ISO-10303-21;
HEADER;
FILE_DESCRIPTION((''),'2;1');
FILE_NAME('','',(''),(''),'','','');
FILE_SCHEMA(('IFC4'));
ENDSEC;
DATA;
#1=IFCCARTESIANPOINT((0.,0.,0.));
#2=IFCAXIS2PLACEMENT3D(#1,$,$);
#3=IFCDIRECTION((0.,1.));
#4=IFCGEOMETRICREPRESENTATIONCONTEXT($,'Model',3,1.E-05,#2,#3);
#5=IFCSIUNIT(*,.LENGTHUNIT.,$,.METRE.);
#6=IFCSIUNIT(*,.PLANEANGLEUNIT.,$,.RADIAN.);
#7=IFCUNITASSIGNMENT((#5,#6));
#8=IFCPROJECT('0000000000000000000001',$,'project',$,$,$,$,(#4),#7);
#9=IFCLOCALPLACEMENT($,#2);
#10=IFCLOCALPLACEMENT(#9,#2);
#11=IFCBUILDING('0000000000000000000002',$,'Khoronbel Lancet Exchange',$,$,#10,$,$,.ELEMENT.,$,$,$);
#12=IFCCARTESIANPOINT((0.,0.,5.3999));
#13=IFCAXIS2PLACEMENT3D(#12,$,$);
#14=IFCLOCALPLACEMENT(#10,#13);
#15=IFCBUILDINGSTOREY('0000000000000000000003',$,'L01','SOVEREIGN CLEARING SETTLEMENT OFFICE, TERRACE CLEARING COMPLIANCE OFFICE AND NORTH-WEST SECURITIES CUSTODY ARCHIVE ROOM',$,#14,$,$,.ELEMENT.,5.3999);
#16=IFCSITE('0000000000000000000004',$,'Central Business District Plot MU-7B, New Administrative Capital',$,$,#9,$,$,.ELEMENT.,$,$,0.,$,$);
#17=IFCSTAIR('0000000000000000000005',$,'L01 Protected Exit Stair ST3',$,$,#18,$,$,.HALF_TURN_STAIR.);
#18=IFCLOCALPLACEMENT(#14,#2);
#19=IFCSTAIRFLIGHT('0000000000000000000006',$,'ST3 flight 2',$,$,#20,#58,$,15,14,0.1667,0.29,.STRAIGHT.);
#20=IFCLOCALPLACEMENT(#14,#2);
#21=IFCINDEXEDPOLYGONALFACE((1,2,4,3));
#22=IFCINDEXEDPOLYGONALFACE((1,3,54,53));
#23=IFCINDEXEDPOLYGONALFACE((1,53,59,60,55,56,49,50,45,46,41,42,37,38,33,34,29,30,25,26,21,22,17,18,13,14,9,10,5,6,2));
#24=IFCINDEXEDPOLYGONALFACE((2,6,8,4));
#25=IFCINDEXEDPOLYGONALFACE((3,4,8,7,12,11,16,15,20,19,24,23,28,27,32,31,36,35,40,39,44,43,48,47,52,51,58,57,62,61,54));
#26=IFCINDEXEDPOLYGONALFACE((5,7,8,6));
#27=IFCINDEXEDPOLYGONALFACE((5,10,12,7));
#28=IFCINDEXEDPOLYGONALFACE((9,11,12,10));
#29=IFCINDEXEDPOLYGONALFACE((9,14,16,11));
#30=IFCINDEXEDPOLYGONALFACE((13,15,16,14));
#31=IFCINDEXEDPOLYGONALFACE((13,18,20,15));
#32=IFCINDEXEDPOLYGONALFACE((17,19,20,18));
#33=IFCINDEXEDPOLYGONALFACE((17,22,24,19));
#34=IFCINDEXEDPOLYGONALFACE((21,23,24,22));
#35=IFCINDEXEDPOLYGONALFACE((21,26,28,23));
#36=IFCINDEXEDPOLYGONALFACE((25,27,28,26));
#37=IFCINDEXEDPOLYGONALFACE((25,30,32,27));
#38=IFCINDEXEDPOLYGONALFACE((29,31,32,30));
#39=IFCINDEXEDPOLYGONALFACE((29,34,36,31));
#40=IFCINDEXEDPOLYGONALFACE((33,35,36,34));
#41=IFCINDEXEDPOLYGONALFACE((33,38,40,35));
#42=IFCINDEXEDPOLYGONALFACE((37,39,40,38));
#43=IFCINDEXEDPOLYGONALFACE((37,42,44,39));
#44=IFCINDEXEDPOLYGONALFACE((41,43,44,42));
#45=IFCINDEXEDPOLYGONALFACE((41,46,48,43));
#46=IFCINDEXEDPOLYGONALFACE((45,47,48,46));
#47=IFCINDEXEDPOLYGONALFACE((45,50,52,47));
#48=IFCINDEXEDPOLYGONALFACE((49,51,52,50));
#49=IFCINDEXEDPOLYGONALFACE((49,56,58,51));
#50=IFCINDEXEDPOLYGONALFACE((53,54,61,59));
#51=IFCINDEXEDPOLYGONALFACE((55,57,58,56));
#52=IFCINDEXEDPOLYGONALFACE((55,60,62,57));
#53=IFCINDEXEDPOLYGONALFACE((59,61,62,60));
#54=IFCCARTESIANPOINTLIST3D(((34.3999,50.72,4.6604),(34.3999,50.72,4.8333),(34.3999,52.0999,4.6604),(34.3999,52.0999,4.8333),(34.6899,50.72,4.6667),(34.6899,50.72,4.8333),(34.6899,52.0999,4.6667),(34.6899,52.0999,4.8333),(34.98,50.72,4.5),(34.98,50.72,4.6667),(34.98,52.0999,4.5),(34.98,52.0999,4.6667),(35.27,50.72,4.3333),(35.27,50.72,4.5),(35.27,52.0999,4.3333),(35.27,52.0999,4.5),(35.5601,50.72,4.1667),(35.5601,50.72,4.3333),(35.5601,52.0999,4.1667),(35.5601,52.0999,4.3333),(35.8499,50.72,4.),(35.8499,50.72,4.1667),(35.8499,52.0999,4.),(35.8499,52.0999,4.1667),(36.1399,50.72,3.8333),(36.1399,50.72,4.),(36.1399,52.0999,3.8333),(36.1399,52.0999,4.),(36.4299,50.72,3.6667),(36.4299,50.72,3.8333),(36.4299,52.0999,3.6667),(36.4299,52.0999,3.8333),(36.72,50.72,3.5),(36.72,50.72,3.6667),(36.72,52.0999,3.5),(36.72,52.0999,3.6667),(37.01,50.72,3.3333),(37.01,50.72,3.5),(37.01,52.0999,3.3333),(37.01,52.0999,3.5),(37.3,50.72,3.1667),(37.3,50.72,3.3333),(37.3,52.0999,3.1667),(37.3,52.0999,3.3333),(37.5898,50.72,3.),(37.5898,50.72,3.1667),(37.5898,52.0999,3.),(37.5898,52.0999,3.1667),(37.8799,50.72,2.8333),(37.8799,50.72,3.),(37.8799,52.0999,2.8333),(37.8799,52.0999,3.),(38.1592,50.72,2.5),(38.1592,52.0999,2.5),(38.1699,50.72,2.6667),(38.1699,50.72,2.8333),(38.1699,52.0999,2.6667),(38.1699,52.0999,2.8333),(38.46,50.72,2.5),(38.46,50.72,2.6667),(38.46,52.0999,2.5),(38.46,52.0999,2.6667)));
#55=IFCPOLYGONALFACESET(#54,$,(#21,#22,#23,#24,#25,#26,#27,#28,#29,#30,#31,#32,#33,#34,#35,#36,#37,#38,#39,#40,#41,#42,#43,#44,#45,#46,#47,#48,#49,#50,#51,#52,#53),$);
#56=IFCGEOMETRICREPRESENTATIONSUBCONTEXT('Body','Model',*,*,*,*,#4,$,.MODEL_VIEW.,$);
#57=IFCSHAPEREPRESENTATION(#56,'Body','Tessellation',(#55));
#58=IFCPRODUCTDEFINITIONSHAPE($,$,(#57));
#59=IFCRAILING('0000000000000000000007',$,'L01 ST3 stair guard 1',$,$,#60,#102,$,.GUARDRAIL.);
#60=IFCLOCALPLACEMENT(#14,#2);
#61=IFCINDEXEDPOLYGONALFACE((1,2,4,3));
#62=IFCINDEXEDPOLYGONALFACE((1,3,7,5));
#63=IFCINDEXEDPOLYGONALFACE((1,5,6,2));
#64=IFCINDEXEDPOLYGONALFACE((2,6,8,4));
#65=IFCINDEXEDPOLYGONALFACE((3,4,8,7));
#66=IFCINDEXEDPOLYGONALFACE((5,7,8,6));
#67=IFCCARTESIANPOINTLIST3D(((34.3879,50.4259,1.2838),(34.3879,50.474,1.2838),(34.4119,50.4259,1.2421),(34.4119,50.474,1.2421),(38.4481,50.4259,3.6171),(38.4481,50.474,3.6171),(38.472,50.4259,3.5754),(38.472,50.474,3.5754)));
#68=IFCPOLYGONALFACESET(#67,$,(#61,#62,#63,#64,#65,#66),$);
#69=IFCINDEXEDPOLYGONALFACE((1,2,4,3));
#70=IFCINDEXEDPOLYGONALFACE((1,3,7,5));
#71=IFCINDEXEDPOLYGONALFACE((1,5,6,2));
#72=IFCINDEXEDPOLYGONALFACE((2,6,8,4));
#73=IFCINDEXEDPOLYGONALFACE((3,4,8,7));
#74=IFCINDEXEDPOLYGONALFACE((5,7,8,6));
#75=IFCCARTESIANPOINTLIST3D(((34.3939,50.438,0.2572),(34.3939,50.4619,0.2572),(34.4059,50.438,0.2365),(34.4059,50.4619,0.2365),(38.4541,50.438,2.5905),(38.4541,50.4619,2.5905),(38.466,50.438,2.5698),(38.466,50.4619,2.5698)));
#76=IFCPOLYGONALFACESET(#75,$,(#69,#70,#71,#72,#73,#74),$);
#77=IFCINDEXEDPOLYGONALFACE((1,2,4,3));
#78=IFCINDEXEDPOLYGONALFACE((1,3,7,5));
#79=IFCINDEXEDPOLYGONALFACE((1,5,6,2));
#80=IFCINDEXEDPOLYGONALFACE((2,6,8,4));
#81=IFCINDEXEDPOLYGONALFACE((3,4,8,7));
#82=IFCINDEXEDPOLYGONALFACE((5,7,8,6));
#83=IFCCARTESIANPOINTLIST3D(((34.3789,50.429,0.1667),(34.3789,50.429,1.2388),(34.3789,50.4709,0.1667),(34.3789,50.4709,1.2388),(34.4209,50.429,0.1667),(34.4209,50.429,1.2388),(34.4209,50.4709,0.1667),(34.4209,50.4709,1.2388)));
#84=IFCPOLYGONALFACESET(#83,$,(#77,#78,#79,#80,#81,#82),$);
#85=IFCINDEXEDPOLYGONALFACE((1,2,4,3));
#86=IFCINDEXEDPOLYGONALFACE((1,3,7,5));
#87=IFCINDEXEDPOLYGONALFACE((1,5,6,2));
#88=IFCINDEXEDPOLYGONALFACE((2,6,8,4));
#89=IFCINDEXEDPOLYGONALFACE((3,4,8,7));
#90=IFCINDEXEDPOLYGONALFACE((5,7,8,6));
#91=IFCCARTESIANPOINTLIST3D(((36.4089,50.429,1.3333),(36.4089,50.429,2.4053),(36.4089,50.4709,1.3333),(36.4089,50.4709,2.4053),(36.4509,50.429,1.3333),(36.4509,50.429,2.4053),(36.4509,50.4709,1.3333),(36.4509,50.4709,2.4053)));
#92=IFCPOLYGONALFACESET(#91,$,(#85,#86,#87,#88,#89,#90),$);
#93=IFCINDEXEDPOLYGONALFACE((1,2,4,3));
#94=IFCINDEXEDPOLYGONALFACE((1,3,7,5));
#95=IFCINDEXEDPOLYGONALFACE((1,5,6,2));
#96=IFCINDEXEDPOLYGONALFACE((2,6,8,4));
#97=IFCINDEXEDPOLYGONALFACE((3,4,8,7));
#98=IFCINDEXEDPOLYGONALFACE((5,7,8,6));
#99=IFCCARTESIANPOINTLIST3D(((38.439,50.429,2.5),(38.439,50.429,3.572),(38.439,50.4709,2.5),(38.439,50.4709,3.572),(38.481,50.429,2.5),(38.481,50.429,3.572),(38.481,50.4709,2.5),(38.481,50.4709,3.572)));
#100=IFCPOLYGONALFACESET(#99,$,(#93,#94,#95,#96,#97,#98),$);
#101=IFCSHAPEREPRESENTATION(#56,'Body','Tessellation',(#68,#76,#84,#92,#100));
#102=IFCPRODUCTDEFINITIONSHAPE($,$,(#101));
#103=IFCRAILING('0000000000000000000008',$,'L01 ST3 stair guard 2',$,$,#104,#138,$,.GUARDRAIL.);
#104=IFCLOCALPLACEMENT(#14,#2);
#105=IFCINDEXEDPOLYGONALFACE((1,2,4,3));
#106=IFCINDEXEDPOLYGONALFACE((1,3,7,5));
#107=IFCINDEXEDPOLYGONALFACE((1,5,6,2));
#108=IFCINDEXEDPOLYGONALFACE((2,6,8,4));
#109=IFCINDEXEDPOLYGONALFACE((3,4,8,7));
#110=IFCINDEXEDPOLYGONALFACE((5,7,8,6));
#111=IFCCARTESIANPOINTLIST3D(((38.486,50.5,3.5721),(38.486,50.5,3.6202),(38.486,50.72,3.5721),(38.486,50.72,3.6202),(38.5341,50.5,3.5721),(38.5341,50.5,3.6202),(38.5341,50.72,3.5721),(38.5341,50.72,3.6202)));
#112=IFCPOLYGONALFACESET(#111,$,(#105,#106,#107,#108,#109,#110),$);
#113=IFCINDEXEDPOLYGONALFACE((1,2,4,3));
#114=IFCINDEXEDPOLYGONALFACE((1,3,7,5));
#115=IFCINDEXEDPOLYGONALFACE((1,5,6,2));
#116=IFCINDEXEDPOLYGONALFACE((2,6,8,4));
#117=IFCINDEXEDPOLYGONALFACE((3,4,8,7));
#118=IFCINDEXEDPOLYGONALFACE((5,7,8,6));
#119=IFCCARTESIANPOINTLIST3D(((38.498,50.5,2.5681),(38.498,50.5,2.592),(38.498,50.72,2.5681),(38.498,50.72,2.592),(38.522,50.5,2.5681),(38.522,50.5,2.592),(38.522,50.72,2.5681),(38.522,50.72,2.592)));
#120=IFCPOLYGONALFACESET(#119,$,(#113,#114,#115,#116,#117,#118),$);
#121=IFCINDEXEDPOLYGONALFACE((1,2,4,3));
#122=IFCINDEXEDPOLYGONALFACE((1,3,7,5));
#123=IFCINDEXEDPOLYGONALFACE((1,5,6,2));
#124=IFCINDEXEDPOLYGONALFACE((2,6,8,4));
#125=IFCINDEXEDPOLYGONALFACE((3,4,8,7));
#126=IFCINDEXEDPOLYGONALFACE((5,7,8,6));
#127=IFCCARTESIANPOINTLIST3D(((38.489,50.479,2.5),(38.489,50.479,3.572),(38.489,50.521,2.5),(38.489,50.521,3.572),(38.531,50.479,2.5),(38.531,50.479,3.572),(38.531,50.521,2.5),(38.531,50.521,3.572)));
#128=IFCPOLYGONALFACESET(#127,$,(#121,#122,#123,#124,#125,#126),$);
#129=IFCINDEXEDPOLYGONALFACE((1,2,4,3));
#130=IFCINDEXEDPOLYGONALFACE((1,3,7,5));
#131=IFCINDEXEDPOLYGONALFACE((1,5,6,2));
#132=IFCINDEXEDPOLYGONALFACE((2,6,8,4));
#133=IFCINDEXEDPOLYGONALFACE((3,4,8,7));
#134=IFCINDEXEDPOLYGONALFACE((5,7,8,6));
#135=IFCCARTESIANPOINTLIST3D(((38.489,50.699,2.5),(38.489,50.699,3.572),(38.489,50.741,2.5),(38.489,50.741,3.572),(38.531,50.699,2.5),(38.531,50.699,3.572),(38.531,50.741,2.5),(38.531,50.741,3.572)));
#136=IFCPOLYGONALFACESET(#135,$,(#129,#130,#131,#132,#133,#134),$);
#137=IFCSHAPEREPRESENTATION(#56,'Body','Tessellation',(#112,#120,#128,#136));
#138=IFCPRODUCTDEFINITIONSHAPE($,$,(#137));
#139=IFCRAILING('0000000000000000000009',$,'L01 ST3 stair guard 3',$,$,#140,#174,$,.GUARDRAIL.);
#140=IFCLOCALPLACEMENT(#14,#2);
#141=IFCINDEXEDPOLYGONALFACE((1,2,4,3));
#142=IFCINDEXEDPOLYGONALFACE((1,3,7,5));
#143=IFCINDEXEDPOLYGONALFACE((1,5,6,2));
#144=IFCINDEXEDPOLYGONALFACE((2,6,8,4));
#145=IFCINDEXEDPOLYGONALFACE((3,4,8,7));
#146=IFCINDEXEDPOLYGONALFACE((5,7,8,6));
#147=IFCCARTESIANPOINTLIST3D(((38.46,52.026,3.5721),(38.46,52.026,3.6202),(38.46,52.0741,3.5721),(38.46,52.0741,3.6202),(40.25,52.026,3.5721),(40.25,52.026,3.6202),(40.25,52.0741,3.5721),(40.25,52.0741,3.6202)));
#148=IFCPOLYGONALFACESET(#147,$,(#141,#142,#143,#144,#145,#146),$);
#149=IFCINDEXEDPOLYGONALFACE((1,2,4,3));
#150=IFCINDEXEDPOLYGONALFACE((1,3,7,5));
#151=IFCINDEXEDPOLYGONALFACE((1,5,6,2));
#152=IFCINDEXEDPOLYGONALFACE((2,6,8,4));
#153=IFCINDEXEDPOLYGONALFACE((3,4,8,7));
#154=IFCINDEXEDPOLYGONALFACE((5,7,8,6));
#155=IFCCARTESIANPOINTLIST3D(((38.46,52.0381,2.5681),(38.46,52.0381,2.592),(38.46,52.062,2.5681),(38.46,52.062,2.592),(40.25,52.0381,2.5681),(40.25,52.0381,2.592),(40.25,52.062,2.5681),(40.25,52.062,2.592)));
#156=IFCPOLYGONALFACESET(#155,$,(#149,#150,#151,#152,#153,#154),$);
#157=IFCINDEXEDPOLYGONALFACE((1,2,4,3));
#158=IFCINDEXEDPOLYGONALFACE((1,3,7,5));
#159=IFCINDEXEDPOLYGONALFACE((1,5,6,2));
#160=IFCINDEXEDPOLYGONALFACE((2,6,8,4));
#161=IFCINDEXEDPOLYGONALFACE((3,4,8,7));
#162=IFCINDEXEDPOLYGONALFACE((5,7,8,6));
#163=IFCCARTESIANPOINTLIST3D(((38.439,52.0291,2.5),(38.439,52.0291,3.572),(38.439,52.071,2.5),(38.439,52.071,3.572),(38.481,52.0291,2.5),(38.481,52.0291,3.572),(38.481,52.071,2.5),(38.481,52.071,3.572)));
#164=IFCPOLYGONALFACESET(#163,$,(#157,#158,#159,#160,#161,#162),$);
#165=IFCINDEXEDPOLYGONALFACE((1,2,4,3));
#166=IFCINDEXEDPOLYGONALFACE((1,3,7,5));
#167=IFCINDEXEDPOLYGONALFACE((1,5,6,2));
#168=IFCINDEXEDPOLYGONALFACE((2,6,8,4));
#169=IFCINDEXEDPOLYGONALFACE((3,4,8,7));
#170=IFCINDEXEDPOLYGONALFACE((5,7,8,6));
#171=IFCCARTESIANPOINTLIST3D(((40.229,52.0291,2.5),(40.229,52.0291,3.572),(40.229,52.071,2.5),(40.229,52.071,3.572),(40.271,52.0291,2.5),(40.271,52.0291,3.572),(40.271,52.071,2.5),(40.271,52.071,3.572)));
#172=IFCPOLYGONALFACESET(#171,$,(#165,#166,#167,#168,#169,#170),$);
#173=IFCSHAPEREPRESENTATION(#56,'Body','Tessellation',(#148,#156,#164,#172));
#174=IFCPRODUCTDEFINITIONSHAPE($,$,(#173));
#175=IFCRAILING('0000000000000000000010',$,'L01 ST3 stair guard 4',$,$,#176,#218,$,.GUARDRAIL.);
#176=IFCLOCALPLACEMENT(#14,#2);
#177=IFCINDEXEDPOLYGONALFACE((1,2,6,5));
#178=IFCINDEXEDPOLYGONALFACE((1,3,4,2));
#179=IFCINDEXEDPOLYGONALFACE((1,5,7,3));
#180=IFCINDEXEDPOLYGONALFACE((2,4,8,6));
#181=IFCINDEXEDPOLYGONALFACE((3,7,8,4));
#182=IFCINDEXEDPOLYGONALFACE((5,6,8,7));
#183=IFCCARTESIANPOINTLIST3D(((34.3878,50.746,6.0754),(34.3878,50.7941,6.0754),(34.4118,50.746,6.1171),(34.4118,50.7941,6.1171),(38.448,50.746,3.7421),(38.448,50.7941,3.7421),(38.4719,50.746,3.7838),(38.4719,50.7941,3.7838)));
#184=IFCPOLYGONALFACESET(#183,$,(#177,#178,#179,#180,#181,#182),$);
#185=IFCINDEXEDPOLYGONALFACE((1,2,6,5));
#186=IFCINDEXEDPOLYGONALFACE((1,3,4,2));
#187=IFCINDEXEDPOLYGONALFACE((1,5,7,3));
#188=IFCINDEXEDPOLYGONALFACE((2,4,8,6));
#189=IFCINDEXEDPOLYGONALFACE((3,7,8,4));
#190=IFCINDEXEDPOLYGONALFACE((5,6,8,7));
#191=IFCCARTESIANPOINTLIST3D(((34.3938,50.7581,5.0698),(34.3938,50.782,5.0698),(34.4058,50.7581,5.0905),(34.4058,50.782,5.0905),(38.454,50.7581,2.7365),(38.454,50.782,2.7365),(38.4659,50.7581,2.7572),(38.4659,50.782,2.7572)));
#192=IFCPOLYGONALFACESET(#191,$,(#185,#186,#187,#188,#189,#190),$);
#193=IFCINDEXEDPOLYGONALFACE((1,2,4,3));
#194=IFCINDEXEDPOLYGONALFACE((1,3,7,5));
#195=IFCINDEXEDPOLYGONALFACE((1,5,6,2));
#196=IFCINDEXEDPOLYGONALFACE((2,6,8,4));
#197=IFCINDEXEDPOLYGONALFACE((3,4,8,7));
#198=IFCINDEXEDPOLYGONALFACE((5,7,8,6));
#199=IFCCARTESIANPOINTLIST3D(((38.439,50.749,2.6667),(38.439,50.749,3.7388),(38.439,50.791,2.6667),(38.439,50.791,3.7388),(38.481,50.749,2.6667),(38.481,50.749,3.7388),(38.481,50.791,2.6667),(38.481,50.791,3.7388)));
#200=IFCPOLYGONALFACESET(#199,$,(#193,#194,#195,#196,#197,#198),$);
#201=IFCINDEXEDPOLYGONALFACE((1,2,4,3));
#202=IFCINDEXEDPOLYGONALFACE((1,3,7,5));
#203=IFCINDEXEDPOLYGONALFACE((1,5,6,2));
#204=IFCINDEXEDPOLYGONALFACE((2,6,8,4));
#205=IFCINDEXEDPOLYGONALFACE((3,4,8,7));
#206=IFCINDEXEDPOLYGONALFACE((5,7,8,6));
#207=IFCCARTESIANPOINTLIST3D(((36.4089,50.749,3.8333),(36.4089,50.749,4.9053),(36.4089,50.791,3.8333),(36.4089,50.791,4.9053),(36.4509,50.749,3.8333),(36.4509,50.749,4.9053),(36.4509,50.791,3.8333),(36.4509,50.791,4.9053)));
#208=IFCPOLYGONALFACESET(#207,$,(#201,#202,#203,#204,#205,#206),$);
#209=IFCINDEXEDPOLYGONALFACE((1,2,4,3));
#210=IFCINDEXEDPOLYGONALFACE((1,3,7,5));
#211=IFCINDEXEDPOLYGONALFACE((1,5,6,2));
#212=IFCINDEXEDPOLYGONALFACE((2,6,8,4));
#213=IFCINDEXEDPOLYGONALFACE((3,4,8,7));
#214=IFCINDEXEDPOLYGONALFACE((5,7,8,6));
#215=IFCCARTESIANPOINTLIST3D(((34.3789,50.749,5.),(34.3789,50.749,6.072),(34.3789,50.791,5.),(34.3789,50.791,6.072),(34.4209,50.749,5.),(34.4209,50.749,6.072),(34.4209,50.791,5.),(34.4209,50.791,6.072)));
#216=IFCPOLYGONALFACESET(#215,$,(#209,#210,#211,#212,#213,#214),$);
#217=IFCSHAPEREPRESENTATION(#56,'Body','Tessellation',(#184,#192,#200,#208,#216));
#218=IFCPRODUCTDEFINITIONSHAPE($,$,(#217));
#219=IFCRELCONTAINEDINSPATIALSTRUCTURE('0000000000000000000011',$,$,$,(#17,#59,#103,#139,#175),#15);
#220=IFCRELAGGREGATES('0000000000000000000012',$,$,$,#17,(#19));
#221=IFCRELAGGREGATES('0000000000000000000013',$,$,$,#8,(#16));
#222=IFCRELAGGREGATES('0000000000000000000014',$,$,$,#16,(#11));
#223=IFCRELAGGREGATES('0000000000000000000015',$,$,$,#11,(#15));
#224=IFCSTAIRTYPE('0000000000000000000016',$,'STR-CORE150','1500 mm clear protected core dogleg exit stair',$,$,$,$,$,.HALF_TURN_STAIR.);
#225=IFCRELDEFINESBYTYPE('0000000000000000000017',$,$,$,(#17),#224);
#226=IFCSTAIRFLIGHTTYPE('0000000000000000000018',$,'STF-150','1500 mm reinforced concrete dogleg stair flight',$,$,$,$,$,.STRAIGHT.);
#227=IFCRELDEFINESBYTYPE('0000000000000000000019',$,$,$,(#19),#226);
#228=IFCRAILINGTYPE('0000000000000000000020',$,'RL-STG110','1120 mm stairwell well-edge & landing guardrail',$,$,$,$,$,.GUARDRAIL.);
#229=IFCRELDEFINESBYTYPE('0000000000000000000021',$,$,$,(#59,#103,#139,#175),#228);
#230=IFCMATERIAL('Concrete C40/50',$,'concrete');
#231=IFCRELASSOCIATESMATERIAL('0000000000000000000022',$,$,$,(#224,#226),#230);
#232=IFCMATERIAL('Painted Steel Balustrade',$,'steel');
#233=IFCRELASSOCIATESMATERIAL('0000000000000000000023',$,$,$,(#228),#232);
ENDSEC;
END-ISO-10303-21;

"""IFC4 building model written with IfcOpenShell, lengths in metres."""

from ifc_helpers import new_model, si_unit, direction, frame, origin, origin_2d, place, context, subcontext, project, spatial, polyline, rectangle, outline, extrude, material, type_object, element, aggregate, save


model = new_model("IFC4")

# Units and contexts
model_context = context("Model", 3, precision=1e-05, world=origin(), true_north=direction((0.0, 1.0)))
body_context = subcontext(model_context, "Body", "Model", "MODEL_VIEW")
ifc_project = project(units=[si_unit("LENGTHUNIT", "METRE"), si_unit("PLANEANGLEUNIT", "RADIAN")], contexts=[model_context])

# Site, building, storey
site_placement = place(None, origin())
site = spatial("IfcSite", under=ifc_project, at=site_placement, Name="Central Business District Plot MU-7B, New Administrative Capital", CompositionType="ELEMENT", RefElevation=0.0)
building_placement = place(site_placement, origin())
building = spatial("IfcBuilding", under=site, at=building_placement, Name="Khoronbel Lancet Exchange", CompositionType="ELEMENT")
storey_placement = place(building_placement, frame((0.0, 0.0, 5.3999)))
storey = spatial("IfcBuildingStorey", under=building, at=storey_placement, Name="L01", Description="SOVEREIGN CLEARING SETTLEMENT OFFICE, TERRACE CLEARING COMPLIANCE OFFICE AND NORTH-WEST SECURITIES CUSTODY ARCHIVE ROOM", CompositionType="ELEMENT", Elevation=5.3999)

# Stair, stair flight
ifc_material_1 = material(Name="Concrete C40/50", Category="concrete")
stair_type = type_object("IfcStairType", Name="STR-CORE150", Description="1500 mm clear protected core dogleg exit stair", PredefinedType="HALF_TURN_STAIR", material=ifc_material_1)
stair_placement = place(storey_placement, origin())
stair = element("IfcStair", 1, at=stair_placement, inside=storey, type_object=stair_type, Name="L01 Protected Exit Stair ST3", PredefinedType="HALF_TURN_STAIR")
stair_flight_type = type_object("IfcStairFlightType", Name="STF-150", Description="1500 mm reinforced concrete dogleg stair flight", PredefinedType="STRAIGHT", material=ifc_material_1)
stair_flight_1_placement = place(storey_placement, frame((38.46, 51.4099, 2.5), z_axis=(0.0, 0.0, 1.0), x_axis=(-1.0, 0.0, 0.0)))
stair_flight_1 = element("IfcStairFlight", 2, at=stair_flight_1_placement, type_object=stair_flight_type, Name="ST3 flight 2", NumberOfRisers=15, NumberOfTreads=14, PredefinedType="STRAIGHT", RiserHeight=0.1667, TreadLength=0.29, context=body_context, shape_type="SweptSolid", body=[
    extrude(outline(polyline([(0.0, 0.0), (0.0, 0.1667), (0.29, 0.1667), (0.29, 0.3333), (0.5801, 0.3333), (0.5801, 0.5), (0.8701, 0.5), (0.8701, 0.6667), (1.1599, 0.6667), (1.1599, 0.8333), (1.45, 0.8333), (1.45, 1.0), (1.74, 1.0), (1.74, 1.1667), (2.03, 1.1667), (2.03, 1.3333), (2.3201, 1.3333), (2.3201, 1.5), (2.6101, 1.5), (2.6101, 1.6667), (2.8999, 1.6667), (2.8999, 1.8333), (3.1899, 1.8333), (3.1899, 2.0), (3.48, 2.0), (3.48, 2.1667), (3.77, 2.1667), (3.77, 2.3333), (4.0601, 2.3333), (4.0601, 2.5), (4.0601, 2.1604), (0.3008, 0.0), (0.0, 0.0)])), frame((0.0, 0.6899, 0.0), z_axis=(0.0, -1.0, 0.0), x_axis=(1.0, 0.0, 0.0)), (0.0, 0.0, 1.0), 1.3799),
])
aggregate(stair, [stair_flight_1])

# Railings
ifc_material_2 = material(Name="Painted Steel Balustrade", Category="steel")
railing_type_1 = type_object("IfcRailingType", Name="RL-STG110", Description="1120 mm stairwell well-edge & landing guardrail", PredefinedType="GUARDRAIL", material=ifc_material_2)
railing_1_placement = place(storey_placement, frame((34.3999, 50.45, 0.1667)))
element("IfcRailing", 3, at=railing_1_placement, inside=storey, type_object=railing_type_1, Name="L01 ST3 stair guard 1", PredefinedType="GUARDRAIL", context=body_context, shape_type="SweptSolid", body=[
    extrude(rectangle(XDim=0.0481, YDim=0.0481, at=origin_2d()), frame((0.0, 0.0, 1.0962), z_axis=(0.867025, 0.0, 0.498265), x_axis=(0.0, 1.0, 0.0)), (0.0, 0.0, 1.0), 4.6829),
    extrude(rectangle(XDim=0.0239, YDim=0.0239, at=origin_2d()), frame((0.0, 0.0, 0.0801), z_axis=(0.867025, 0.0, 0.498265), x_axis=(0.0, 1.0, 0.0)), (0.0, 0.0, 1.0), 4.6829),
    extrude(rectangle(XDim=0.042, YDim=0.042, at=origin_2d()), origin(), (0.0, 0.0, 1.0), 1.072),
    extrude(rectangle(XDim=0.042, YDim=0.042, at=origin_2d()), frame((2.03, 0.0, 1.1665)), (0.0, 0.0, 1.0), 1.072),
    extrude(rectangle(XDim=0.042, YDim=0.042, at=origin_2d()), frame((4.0601, 0.0, 2.3333)), (0.0, 0.0, 1.0), 1.072),
])
railing_2_placement = place(storey_placement, frame((38.51, 50.5, 2.5)))
element("IfcRailing", 4, at=railing_2_placement, inside=storey, type_object=railing_type_1, Name="L01 ST3 stair guard 2", PredefinedType="GUARDRAIL", context=body_context, shape_type="SweptSolid", body=[
    extrude(rectangle(XDim=0.0481, YDim=0.0481, at=origin_2d()), frame((0.0, 0.0, 1.0962), z_axis=(0.0, 1.0, 0.0), x_axis=(-1.0, 0.0, 0.0)), (0.0, 0.0, 1.0), 0.22),
    extrude(rectangle(XDim=0.0239, YDim=0.0239, at=origin_2d()), frame((0.0, 0.0, 0.0801), z_axis=(0.0, 1.0, 0.0), x_axis=(-1.0, 0.0, 0.0)), (0.0, 0.0, 1.0), 0.22),
    extrude(rectangle(XDim=0.042, YDim=0.042, at=origin_2d()), origin(), (0.0, 0.0, 1.0), 1.072),
    extrude(rectangle(XDim=0.042, YDim=0.042, at=origin_2d()), frame((0.0, 0.22, 0.0)), (0.0, 0.0, 1.0), 1.072),
])
railing_3_placement = place(storey_placement, frame((38.46, 52.05, 2.5)))
element("IfcRailing", 5, at=railing_3_placement, inside=storey, type_object=railing_type_1, Name="L01 ST3 stair guard 3", PredefinedType="GUARDRAIL", context=body_context, shape_type="SweptSolid", body=[
    extrude(rectangle(XDim=0.0481, YDim=0.0481, at=origin_2d()), frame((0.0, 0.0, 1.0962), z_axis=(1.0, 0.0, 0.0), x_axis=(0.0, 1.0, 0.0)), (0.0, 0.0, 1.0), 1.79),
    extrude(rectangle(XDim=0.0239, YDim=0.0239, at=origin_2d()), frame((0.0, 0.0, 0.0801), z_axis=(1.0, 0.0, 0.0), x_axis=(0.0, 1.0, 0.0)), (0.0, 0.0, 1.0), 1.79),
    extrude(rectangle(XDim=0.042, YDim=0.042, at=origin_2d()), origin(), (0.0, 0.0, 1.0), 1.072),
    extrude(rectangle(XDim=0.042, YDim=0.042, at=origin_2d()), frame((1.79, 0.0, 0.0)), (0.0, 0.0, 1.0), 1.072),
])
railing_4_placement = place(storey_placement, frame((38.46, 50.77, 2.6667)))
element("IfcRailing", 6, at=railing_4_placement, inside=storey, type_object=railing_type_1, Name="L01 ST3 stair guard 4", PredefinedType="GUARDRAIL", context=body_context, shape_type="SweptSolid", body=[
    extrude(rectangle(XDim=0.0481, YDim=0.0481, at=origin_2d()), frame((0.0, 0.0, 1.0962), z_axis=(-0.867025, 0.0, 0.498265), x_axis=(0.0, -1.0, 0.0)), (0.0, 0.0, 1.0), 4.6829),
    extrude(rectangle(XDim=0.0239, YDim=0.0239, at=origin_2d()), frame((0.0, 0.0, 0.0801), z_axis=(-0.867025, 0.0, 0.498265), x_axis=(0.0, -1.0, 0.0)), (0.0, 0.0, 1.0), 4.6829),
    extrude(rectangle(XDim=0.042, YDim=0.042, at=origin_2d()), origin(), (0.0, 0.0, 1.0), 1.072),
    extrude(rectangle(XDim=0.042, YDim=0.042, at=origin_2d()), frame((-2.03, 0.0, 1.1665)), (0.0, 0.0, 1.0), 1.072),
    extrude(rectangle(XDim=0.042, YDim=0.042, at=origin_2d()), frame((-4.0601, 0.0, 2.3333)), (0.0, 0.0, 1.0), 1.072),
])

save(model, "model.ifc")
